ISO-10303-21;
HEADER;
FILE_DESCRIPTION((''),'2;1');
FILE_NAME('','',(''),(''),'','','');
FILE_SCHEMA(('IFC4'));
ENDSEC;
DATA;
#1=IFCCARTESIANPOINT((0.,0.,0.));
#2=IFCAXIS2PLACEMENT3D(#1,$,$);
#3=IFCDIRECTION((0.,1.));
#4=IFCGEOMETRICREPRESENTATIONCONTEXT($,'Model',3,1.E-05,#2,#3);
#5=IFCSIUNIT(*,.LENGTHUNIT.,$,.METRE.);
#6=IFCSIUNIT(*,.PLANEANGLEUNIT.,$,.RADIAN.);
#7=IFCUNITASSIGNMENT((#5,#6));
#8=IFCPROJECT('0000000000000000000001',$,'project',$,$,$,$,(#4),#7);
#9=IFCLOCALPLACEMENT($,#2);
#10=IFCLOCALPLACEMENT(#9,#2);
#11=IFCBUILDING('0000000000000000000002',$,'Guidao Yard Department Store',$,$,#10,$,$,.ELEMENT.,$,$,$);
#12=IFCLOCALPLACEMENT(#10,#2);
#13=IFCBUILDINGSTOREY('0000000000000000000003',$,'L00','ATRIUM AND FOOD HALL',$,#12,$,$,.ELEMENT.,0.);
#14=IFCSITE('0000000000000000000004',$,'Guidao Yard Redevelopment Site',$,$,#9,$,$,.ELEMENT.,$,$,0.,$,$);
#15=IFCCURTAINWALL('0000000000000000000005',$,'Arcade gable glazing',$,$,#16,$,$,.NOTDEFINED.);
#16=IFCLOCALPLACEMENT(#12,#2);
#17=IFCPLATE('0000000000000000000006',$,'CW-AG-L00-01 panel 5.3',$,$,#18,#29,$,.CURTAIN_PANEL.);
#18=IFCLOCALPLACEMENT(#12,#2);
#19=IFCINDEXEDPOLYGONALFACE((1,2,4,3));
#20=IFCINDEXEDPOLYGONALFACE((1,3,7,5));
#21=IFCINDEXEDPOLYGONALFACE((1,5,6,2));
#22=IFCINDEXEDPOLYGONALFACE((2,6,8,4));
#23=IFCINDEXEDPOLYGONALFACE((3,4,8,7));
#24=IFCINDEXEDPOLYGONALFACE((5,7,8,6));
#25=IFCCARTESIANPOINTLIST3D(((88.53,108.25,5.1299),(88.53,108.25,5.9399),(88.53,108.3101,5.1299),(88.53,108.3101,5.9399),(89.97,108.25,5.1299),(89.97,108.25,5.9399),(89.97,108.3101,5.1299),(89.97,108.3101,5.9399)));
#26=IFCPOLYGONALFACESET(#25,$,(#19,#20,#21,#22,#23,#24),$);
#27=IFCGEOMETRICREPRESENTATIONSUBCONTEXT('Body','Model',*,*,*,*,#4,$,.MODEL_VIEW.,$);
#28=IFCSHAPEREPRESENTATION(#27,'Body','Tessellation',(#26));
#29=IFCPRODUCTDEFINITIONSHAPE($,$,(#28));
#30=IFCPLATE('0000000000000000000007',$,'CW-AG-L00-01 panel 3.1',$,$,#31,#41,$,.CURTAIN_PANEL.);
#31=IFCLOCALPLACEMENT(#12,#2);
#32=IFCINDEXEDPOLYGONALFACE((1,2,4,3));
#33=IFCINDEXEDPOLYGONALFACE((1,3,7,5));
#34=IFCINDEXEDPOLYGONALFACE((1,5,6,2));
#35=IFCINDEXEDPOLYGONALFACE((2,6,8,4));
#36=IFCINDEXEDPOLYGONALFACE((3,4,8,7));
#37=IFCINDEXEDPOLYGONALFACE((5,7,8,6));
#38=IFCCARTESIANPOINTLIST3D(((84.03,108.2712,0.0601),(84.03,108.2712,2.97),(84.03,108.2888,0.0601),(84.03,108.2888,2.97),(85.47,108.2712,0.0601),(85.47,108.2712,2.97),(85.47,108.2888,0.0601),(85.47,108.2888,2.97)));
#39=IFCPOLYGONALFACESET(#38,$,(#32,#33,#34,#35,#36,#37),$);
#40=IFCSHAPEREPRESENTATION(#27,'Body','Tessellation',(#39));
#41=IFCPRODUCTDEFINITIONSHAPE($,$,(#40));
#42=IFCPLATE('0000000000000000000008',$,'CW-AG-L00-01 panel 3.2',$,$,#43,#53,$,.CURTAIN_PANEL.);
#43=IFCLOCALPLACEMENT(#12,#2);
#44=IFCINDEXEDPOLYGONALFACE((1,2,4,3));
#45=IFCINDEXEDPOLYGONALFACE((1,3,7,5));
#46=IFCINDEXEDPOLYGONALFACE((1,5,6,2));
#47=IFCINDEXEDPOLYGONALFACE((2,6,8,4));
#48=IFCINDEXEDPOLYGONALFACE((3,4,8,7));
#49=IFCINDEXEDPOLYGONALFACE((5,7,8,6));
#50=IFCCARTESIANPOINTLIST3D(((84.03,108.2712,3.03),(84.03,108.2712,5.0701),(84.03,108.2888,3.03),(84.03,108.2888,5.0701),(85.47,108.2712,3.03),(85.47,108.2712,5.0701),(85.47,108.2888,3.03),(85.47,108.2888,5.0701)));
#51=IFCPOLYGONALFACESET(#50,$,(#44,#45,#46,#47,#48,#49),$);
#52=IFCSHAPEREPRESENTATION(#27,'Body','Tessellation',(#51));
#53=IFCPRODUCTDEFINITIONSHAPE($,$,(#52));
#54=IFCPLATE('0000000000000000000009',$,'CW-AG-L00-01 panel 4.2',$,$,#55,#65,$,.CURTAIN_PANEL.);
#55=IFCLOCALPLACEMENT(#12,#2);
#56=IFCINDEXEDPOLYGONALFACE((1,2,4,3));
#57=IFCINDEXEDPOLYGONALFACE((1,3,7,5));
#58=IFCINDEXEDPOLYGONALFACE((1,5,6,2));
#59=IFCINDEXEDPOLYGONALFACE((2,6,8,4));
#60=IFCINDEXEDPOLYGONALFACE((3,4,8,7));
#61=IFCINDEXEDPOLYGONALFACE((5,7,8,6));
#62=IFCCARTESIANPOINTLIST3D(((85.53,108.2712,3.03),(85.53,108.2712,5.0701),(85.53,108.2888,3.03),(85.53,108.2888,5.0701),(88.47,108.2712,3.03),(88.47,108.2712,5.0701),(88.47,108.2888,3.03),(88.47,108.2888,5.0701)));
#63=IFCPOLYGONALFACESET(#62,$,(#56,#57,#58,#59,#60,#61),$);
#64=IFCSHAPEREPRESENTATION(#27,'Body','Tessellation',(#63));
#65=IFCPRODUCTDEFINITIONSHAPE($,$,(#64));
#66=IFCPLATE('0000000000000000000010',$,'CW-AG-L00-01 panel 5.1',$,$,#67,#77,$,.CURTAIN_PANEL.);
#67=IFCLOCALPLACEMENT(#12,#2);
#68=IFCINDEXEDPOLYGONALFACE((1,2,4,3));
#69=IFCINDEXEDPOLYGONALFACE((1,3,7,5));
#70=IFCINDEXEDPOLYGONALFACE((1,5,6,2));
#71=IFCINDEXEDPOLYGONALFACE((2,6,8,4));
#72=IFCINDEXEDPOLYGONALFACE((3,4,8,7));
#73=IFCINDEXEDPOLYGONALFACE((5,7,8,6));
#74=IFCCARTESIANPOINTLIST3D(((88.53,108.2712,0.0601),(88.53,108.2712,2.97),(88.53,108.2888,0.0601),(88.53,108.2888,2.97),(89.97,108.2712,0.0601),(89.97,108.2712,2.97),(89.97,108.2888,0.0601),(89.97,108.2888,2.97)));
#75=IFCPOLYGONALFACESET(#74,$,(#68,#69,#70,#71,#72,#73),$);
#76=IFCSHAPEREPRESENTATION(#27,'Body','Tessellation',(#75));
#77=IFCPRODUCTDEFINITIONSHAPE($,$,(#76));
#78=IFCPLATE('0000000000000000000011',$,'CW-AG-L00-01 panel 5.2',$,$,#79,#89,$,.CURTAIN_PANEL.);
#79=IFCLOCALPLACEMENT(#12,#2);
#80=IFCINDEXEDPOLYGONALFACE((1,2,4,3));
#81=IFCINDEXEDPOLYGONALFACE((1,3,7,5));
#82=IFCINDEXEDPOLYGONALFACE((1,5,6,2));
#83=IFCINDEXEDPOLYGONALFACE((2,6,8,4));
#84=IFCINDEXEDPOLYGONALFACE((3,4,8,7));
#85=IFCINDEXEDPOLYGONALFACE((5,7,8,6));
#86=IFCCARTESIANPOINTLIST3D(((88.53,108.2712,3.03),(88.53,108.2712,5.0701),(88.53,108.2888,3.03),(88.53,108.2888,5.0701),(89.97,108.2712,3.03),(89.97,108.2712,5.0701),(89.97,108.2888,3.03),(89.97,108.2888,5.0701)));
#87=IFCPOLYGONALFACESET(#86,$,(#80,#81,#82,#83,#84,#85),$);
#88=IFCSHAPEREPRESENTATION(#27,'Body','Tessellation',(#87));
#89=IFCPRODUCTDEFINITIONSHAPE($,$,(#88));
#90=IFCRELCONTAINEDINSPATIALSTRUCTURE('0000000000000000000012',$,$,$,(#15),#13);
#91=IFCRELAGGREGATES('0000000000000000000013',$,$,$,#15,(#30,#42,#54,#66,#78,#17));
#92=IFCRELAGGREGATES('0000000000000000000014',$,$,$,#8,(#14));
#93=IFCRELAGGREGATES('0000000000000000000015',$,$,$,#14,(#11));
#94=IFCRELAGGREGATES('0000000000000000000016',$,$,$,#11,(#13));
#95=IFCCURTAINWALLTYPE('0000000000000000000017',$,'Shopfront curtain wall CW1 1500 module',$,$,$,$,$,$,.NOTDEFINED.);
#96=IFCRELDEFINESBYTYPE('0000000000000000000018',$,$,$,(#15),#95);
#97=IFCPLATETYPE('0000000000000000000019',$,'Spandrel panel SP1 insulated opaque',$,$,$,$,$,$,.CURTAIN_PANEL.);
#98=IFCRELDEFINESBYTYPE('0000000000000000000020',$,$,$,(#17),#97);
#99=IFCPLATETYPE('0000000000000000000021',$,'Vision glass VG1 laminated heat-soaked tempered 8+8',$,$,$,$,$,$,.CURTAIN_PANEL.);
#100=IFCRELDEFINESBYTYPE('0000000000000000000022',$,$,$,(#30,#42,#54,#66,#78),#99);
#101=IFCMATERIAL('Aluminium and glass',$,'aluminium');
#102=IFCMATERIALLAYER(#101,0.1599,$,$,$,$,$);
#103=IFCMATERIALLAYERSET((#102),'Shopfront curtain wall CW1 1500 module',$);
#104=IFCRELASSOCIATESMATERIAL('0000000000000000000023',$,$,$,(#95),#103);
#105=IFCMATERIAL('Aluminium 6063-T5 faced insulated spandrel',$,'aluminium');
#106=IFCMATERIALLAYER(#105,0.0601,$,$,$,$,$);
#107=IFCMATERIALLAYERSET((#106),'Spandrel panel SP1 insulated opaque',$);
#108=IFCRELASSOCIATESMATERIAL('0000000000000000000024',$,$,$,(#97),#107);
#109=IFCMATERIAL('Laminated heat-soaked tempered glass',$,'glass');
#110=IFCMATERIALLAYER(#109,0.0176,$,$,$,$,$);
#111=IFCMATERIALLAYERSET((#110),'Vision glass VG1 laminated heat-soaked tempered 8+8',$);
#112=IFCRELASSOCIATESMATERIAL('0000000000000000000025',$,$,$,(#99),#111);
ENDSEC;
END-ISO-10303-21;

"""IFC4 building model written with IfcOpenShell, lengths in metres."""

from ifc_helpers import new_model, si_unit, direction, frame, origin, origin_2d, place, context, subcontext, project, spatial, rectangle, extrude, material, layer, layer_set, type_object, element, aggregate, save


model = new_model("IFC4")

# Units and contexts
model_context = context("Model", 3, precision=1e-05, world=origin(), true_north=direction((0.0, 1.0)))
body_context = subcontext(model_context, "Body", "Model", "MODEL_VIEW")
ifc_project = project(units=[si_unit("LENGTHUNIT", "METRE"), si_unit("PLANEANGLEUNIT", "RADIAN")], contexts=[model_context])

# Site, building, storey
site_placement = place(None, origin())
site = spatial("IfcSite", under=ifc_project, at=site_placement, Name="Guidao Yard Redevelopment Site", CompositionType="ELEMENT", RefElevation=0.0)
building_placement = place(site_placement, origin())
building = spatial("IfcBuilding", under=site, at=building_placement, Name="Guidao Yard Department Store", CompositionType="ELEMENT")
storey_placement = place(building_placement, origin())
storey = spatial("IfcBuildingStorey", under=building, at=storey_placement, Name="L00", Description="ATRIUM AND FOOD HALL", CompositionType="ELEMENT", Elevation=0.0)

# Curtain wall, plates
ifc_material_1 = material(Name="Aluminium and glass", Category="aluminium")
ifc_layer_1 = layer(ifc_material_1, 0.1599)
ifc_layer_set_1 = layer_set([ifc_layer_1], Name="Shopfront curtain wall CW1 1500 module")
curtain_wall_type = type_object("IfcCurtainWallType", Name="Shopfront curtain wall CW1 1500 module", PredefinedType="NOTDEFINED", material=ifc_layer_set_1)
curtain_wall_placement = place(storey_placement, origin())
curtain_wall = element("IfcCurtainWall", 1, at=curtain_wall_placement, inside=storey, type_object=curtain_wall_type, Name="Arcade gable glazing", PredefinedType="NOTDEFINED")
ifc_material_2 = material(Name="Aluminium 6063-T5 faced insulated spandrel", Category="aluminium")
ifc_layer_2 = layer(ifc_material_2, 0.0601)
ifc_layer_set_2 = layer_set([ifc_layer_2], Name="Spandrel panel SP1 insulated opaque")
plate_type_1 = type_object("IfcPlateType", Name="Spandrel panel SP1 insulated opaque", PredefinedType="CURTAIN_PANEL", material=ifc_layer_set_2)
plate_1_placement = place(storey_placement, frame((89.25, 108.28, 5.1299), z_axis=(0.0, 0.0, 1.0), x_axis=(1.0, 0.0, 0.0)))
plate_1 = element("IfcPlate", 2, at=plate_1_placement, type_object=plate_type_1, Name="CW-AG-L00-01 panel 5.3", PredefinedType="CURTAIN_PANEL", context=body_context, shape_type="SweptSolid", body=[
    extrude(rectangle(XDim=1.4399, YDim=0.0601, at=origin_2d()), origin(), (0.0, 0.0, 1.0), 0.8101),
])
ifc_material_3 = material(Name="Laminated heat-soaked tempered glass", Category="glass")
ifc_layer_3 = layer(ifc_material_3, 0.0176)
ifc_layer_set_3 = layer_set([ifc_layer_3], Name="Vision glass VG1 laminated heat-soaked tempered 8+8")
plate_type_2 = type_object("IfcPlateType", Name="Vision glass VG1 laminated heat-soaked tempered 8+8", PredefinedType="CURTAIN_PANEL", material=ifc_layer_set_3)
plate_2_placement = place(storey_placement, frame((84.75, 108.28, 0.0601), z_axis=(0.0, 0.0, 1.0), x_axis=(1.0, 0.0, 0.0)))
plate_2 = element("IfcPlate", 3, at=plate_2_placement, type_object=plate_type_2, Name="CW-AG-L00-01 panel 3.1", PredefinedType="CURTAIN_PANEL", context=body_context, shape_type="SweptSolid", body=[
    extrude(rectangle(XDim=1.4399, YDim=0.0176, at=origin_2d()), origin(), (0.0, 0.0, 1.0), 2.9099),
])
plate_3_placement = place(storey_placement, frame((84.75, 108.28, 3.03), z_axis=(0.0, 0.0, 1.0), x_axis=(1.0, 0.0, 0.0)))
plate_3 = element("IfcPlate", 4, at=plate_3_placement, type_object=plate_type_2, Name="CW-AG-L00-01 panel 3.2", PredefinedType="CURTAIN_PANEL", context=body_context, shape_type="SweptSolid", body=[
    extrude(rectangle(XDim=1.4399, YDim=0.0176, at=origin_2d()), origin(), (0.0, 0.0, 1.0), 2.04),
])
plate_4_placement = place(storey_placement, frame((87.0, 108.28, 3.03), z_axis=(0.0, 0.0, 1.0), x_axis=(1.0, 0.0, 0.0)))
plate_4 = element("IfcPlate", 5, at=plate_4_placement, type_object=plate_type_2, Name="CW-AG-L00-01 panel 4.2", PredefinedType="CURTAIN_PANEL", context=body_context, shape_type="SweptSolid", body=[
    extrude(rectangle(XDim=2.9399, YDim=0.0176, at=origin_2d()), origin(), (0.0, 0.0, 1.0), 2.04),
])
plate_5_placement = place(storey_placement, frame((89.25, 108.28, 0.0601), z_axis=(0.0, 0.0, 1.0), x_axis=(1.0, 0.0, 0.0)))
plate_5 = element("IfcPlate", 6, at=plate_5_placement, type_object=plate_type_2, Name="CW-AG-L00-01 panel 5.1", PredefinedType="CURTAIN_PANEL", context=body_context, shape_type="SweptSolid", body=[
    extrude(rectangle(XDim=1.4399, YDim=0.0176, at=origin_2d()), origin(), (0.0, 0.0, 1.0), 2.9099),
])
plate_6_placement = place(storey_placement, frame((89.25, 108.28, 3.03), z_axis=(0.0, 0.0, 1.0), x_axis=(1.0, 0.0, 0.0)))
plate_6 = element("IfcPlate", 7, at=plate_6_placement, type_object=plate_type_2, Name="CW-AG-L00-01 panel 5.2", PredefinedType="CURTAIN_PANEL", context=body_context, shape_type="SweptSolid", body=[
    extrude(rectangle(XDim=1.4399, YDim=0.0176, at=origin_2d()), origin(), (0.0, 0.0, 1.0), 2.04),
])
aggregate(curtain_wall, [plate_2, plate_3, plate_4, plate_5, plate_6, plate_1])

save(model, "model.ifc")
